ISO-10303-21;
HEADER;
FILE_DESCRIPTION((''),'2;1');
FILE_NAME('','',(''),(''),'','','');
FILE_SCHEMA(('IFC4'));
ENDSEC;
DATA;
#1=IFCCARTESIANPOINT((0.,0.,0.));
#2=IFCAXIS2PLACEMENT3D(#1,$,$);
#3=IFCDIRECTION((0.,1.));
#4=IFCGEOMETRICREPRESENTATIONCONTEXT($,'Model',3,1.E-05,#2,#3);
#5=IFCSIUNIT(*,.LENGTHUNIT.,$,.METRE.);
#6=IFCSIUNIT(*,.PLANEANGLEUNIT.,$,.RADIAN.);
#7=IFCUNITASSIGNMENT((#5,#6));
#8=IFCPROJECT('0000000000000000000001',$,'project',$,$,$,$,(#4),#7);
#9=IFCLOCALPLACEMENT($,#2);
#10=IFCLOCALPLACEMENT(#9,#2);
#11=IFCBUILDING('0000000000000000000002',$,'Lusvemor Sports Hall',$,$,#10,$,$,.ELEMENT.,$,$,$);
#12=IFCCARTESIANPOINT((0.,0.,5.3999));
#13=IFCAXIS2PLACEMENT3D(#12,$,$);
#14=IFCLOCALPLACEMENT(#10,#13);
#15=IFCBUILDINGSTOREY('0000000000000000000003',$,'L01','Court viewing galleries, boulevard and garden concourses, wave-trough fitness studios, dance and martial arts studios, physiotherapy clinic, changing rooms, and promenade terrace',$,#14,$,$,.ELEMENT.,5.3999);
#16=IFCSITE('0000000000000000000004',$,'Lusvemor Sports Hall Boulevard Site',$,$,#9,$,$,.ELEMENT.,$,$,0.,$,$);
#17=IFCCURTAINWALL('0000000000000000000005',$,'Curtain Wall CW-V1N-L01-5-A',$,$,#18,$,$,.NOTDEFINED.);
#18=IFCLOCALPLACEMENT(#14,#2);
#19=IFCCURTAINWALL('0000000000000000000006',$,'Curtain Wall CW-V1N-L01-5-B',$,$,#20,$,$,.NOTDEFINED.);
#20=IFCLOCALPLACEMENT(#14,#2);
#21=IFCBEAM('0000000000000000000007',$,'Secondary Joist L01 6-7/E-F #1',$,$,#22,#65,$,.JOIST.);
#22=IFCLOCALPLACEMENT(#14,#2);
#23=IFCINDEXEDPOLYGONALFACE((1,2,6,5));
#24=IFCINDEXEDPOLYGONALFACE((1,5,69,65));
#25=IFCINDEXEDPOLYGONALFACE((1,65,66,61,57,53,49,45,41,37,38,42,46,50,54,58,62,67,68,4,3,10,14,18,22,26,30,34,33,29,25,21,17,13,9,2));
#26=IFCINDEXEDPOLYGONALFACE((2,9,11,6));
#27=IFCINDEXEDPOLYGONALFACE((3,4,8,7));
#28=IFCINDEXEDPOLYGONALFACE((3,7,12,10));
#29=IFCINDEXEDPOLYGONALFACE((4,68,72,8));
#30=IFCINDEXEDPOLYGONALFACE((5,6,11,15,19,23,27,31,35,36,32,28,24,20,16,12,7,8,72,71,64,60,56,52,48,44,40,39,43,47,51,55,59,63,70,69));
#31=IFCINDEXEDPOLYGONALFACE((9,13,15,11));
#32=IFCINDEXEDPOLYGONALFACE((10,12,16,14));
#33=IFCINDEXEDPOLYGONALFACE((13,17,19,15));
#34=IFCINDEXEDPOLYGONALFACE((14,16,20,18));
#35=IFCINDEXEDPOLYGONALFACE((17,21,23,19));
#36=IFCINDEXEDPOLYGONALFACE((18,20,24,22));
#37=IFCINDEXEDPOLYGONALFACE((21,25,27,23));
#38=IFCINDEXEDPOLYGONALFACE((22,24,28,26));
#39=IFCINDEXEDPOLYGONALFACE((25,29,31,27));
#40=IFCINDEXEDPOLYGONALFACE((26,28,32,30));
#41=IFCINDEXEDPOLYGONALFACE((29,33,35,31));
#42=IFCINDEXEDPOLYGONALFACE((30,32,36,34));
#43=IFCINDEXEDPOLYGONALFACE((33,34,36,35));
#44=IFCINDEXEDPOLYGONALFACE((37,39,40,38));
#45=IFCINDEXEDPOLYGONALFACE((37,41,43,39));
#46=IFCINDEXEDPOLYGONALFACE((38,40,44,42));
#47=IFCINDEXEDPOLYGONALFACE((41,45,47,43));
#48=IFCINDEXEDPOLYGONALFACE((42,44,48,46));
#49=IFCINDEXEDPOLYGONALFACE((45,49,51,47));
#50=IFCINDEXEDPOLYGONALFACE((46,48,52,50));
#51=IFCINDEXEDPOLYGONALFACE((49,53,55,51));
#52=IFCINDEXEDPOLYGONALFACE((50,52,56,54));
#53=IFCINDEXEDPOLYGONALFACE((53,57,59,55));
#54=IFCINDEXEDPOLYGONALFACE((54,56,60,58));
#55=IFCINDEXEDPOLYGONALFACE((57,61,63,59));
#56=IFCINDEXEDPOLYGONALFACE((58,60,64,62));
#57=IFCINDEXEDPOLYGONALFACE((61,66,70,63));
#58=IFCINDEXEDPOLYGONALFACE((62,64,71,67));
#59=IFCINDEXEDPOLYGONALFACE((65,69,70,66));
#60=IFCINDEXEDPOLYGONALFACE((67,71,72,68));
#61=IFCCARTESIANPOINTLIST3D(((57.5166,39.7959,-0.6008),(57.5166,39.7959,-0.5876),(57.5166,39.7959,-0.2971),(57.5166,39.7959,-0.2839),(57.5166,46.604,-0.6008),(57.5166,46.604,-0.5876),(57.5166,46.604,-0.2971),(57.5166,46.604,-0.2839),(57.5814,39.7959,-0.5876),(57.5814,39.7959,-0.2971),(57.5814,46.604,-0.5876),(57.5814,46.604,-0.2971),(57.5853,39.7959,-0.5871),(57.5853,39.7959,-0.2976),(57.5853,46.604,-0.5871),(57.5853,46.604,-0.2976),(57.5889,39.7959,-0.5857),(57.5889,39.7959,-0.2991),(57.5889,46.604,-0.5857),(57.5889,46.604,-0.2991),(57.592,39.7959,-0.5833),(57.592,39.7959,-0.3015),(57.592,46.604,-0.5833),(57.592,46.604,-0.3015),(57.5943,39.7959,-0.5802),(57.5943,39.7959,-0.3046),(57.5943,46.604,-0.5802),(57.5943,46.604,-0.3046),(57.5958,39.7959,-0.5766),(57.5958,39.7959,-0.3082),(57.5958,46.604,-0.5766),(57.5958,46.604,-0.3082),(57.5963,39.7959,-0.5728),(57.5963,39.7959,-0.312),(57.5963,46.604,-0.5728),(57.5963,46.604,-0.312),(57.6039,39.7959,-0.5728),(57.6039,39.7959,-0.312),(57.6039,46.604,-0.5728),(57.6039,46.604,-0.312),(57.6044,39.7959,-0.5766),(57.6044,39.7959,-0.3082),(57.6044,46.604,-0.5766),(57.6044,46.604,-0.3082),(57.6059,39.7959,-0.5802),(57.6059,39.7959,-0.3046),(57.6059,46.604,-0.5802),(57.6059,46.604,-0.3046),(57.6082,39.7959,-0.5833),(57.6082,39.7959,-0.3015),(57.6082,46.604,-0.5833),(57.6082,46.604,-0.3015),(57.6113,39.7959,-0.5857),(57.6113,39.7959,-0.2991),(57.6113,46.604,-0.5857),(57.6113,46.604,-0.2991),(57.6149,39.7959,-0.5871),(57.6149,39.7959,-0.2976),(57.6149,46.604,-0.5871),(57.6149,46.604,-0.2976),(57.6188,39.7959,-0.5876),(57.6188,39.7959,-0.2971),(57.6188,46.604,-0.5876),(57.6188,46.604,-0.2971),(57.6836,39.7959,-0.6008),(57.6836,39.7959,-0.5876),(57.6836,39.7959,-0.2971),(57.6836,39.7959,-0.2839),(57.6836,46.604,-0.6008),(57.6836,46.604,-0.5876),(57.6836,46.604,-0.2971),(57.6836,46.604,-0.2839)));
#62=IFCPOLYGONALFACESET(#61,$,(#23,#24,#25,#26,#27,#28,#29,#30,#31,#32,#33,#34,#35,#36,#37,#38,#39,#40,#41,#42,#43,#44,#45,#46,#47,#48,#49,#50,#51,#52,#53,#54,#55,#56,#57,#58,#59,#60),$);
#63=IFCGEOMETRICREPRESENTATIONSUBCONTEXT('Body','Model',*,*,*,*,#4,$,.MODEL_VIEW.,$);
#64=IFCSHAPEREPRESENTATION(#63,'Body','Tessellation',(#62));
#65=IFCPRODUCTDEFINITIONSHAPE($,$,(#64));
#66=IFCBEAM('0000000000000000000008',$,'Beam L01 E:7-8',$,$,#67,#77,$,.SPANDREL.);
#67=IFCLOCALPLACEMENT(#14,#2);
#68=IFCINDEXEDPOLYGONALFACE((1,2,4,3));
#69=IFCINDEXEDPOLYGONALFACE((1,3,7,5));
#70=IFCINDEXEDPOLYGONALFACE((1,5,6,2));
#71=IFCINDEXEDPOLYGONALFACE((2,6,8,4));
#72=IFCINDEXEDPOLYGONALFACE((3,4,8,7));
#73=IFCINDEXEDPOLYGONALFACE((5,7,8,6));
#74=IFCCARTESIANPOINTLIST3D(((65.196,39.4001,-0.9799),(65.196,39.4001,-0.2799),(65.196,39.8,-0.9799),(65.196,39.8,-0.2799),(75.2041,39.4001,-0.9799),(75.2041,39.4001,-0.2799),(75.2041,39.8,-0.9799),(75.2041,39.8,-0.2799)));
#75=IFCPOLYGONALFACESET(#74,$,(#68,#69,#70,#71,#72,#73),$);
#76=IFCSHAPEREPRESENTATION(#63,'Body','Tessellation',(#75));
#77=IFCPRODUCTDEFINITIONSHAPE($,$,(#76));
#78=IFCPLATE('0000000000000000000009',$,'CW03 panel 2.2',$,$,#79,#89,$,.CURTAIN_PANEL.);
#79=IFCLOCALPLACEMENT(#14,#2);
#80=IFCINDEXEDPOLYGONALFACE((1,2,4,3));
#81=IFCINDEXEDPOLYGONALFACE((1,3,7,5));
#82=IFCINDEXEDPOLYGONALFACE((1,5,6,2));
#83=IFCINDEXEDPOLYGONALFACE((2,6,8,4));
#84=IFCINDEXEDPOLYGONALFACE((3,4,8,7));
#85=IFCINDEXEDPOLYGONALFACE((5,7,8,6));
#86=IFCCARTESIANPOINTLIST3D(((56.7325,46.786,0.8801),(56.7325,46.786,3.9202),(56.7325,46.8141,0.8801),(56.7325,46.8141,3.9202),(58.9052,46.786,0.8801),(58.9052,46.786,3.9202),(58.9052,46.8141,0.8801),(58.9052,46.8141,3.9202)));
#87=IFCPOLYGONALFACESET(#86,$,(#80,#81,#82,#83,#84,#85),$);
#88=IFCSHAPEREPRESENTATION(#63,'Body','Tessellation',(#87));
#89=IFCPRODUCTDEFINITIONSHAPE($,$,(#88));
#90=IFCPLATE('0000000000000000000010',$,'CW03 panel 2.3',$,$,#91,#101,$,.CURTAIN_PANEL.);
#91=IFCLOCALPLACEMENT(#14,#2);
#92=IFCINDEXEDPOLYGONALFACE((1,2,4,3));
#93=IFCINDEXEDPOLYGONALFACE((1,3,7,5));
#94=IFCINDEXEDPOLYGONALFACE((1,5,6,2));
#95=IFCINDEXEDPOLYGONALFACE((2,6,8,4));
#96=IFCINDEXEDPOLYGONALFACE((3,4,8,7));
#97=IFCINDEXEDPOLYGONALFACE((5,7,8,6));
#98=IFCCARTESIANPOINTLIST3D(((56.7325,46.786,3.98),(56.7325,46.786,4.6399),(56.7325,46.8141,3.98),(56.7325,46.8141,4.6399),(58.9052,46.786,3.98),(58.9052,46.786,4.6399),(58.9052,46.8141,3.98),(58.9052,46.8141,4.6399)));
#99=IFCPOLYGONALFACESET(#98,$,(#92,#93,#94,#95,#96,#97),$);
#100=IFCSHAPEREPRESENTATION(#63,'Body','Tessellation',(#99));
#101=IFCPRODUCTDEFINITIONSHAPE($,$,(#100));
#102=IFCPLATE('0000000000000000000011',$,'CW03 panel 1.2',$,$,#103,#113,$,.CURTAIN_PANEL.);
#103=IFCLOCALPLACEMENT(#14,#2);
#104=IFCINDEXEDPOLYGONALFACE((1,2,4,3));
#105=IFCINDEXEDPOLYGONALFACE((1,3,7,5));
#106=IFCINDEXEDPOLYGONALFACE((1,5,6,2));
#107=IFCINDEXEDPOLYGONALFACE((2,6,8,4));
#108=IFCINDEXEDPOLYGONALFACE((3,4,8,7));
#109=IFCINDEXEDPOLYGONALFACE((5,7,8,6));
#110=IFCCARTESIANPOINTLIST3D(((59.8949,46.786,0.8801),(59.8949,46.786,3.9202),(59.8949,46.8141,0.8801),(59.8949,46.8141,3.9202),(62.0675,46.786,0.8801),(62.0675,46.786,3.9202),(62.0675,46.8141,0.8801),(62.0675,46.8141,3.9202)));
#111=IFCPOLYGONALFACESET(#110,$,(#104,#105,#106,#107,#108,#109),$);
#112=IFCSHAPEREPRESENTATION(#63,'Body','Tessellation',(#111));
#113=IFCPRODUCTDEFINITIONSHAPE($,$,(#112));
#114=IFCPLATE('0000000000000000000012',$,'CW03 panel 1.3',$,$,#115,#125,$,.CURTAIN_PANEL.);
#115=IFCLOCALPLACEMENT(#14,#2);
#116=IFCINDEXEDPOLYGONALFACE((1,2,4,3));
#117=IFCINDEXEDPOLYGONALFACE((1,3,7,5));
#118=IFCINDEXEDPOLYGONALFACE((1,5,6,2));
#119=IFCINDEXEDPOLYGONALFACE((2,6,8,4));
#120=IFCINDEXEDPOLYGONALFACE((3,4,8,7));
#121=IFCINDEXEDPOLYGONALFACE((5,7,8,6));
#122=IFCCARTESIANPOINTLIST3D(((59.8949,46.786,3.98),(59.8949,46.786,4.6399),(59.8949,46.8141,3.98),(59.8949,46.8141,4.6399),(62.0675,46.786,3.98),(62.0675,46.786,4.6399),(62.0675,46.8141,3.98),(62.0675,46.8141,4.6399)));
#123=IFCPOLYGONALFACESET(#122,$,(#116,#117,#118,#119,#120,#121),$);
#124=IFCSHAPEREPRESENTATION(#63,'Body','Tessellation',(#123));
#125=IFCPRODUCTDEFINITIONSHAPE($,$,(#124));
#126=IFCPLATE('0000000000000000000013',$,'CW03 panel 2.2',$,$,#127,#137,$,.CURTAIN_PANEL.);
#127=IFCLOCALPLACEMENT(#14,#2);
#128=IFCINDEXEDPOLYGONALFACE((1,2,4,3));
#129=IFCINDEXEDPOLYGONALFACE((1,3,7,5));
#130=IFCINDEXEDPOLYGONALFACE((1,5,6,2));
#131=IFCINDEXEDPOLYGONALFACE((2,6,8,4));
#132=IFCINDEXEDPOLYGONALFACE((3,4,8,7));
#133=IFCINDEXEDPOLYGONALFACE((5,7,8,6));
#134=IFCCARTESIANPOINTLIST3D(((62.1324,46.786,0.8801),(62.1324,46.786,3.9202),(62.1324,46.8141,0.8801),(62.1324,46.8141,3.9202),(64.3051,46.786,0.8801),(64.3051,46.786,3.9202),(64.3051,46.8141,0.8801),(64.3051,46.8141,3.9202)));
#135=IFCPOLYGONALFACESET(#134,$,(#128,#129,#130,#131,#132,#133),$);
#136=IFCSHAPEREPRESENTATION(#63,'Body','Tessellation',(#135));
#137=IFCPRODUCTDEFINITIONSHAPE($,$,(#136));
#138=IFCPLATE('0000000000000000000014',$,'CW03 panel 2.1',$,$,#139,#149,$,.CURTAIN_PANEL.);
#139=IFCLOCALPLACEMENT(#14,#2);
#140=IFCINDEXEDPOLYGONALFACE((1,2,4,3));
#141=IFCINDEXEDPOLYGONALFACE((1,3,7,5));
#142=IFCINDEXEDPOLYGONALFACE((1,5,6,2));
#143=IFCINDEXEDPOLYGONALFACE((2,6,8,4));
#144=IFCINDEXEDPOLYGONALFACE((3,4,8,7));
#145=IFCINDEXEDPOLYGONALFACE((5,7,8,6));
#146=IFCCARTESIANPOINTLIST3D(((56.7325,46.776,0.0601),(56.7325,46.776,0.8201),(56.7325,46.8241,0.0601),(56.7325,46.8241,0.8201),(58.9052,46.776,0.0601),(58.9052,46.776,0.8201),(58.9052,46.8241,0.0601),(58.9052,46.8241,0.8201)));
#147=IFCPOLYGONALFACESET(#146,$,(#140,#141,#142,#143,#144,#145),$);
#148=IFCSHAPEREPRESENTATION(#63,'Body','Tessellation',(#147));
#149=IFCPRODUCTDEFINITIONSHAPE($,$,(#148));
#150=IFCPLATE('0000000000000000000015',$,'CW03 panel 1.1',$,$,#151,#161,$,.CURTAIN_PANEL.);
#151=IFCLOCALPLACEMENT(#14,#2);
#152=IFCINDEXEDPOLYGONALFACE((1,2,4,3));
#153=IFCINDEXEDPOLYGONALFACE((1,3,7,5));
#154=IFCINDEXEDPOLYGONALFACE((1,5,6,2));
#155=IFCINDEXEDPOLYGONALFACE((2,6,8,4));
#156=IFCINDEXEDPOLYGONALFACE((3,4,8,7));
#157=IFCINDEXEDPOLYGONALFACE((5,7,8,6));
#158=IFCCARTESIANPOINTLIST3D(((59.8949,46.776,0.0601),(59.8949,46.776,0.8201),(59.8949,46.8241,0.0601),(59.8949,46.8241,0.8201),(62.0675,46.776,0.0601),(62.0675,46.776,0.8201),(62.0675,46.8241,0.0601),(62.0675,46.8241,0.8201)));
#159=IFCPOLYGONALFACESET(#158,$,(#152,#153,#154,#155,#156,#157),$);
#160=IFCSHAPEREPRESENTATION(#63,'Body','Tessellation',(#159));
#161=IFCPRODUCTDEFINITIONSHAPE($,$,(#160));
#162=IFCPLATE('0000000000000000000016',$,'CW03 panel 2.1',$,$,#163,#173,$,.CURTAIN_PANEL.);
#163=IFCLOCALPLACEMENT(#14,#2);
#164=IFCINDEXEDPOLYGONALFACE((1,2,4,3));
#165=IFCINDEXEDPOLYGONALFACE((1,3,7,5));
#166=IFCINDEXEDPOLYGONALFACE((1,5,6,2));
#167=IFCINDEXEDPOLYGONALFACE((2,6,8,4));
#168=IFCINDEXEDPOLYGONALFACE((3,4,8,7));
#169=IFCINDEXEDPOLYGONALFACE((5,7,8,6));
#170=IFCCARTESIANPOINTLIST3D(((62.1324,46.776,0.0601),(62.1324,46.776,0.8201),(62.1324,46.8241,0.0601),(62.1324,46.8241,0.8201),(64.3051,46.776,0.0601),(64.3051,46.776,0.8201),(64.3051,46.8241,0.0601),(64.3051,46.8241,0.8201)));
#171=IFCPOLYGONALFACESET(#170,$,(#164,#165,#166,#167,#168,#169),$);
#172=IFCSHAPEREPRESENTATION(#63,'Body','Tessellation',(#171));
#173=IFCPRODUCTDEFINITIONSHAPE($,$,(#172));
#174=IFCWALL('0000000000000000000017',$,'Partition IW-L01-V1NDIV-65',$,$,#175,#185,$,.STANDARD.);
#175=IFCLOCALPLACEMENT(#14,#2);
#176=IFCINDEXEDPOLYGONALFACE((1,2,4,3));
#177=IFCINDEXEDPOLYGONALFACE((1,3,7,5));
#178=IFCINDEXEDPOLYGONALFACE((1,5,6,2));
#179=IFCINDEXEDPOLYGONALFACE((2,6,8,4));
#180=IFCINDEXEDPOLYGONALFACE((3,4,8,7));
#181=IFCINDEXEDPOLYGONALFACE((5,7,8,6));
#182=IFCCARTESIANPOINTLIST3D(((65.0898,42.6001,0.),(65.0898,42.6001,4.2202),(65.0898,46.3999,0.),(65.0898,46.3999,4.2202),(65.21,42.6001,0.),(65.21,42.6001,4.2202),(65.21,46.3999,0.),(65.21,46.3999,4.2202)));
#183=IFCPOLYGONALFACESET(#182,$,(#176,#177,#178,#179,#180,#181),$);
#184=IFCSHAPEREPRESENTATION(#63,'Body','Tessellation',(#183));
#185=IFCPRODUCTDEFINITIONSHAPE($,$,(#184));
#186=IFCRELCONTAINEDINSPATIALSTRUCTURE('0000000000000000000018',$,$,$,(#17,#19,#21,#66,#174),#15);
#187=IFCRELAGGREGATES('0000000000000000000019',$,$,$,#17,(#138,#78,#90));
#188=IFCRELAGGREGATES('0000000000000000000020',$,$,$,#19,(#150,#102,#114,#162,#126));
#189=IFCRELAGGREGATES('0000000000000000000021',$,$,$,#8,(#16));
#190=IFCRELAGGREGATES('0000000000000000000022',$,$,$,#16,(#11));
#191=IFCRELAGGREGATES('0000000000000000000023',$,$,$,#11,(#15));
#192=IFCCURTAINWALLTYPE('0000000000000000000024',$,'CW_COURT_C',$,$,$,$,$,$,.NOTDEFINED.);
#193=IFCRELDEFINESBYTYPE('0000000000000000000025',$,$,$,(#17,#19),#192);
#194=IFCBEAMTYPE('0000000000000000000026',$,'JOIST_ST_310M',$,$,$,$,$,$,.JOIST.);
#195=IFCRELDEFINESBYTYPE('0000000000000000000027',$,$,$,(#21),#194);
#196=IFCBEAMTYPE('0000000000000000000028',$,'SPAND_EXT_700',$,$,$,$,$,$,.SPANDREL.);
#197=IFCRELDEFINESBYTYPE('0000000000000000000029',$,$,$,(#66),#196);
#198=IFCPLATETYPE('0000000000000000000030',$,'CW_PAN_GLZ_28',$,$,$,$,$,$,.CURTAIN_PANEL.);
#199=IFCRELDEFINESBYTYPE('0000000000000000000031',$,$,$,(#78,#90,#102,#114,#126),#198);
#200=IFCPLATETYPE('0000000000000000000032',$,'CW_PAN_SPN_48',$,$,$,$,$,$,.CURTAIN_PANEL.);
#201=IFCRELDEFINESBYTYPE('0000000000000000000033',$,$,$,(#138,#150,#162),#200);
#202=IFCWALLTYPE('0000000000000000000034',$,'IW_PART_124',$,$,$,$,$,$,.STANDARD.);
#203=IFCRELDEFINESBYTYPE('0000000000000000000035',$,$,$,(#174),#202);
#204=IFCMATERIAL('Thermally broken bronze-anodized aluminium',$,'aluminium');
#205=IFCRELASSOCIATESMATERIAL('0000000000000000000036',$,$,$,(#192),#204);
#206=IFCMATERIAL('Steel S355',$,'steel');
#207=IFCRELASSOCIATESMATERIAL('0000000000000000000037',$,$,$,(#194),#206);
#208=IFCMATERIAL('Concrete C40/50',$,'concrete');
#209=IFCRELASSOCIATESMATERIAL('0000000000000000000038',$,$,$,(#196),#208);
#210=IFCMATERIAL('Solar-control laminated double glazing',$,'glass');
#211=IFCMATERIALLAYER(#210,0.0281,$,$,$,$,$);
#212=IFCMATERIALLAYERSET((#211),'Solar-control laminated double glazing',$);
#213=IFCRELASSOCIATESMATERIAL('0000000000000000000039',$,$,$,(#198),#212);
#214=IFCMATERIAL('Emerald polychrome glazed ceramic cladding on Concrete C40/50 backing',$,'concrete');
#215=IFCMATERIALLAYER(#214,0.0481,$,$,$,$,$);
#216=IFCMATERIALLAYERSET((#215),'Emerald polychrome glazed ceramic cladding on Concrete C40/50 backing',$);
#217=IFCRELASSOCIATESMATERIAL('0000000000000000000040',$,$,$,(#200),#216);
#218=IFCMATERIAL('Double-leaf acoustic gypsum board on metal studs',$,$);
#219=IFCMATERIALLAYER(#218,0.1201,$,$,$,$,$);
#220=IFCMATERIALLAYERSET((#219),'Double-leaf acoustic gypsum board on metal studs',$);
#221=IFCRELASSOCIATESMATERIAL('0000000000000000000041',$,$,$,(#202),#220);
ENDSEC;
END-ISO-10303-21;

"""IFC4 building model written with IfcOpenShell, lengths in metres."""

from ifc_helpers import new_model, si_unit, direction, frame, frame_2d, origin, origin_2d, place, context, subcontext, project, spatial, rectangle, i_section, extrude, material, layer, layer_set, material_profile, profile_set, type_object, element, aggregate, save


model = new_model("IFC4")

# Units and contexts
model_context = context("Model", 3, precision=1e-05, world=origin(), true_north=direction((0.0, 1.0)))
body_context = subcontext(model_context, "Body", "Model", "MODEL_VIEW")
ifc_project = project(units=[si_unit("LENGTHUNIT", "METRE"), si_unit("PLANEANGLEUNIT", "RADIAN")], contexts=[model_context])

# Site, building, storey
site_placement = place(None, origin())
site = spatial("IfcSite", under=ifc_project, at=site_placement, Name="Lusvemor Sports Hall Boulevard Site", CompositionType="ELEMENT", RefElevation=0.0)
building_placement = place(site_placement, origin())
building = spatial("IfcBuilding", under=site, at=building_placement, Name="Lusvemor Sports Hall", CompositionType="ELEMENT")
storey_placement = place(building_placement, frame((0.0, 0.0, 5.3999)))
storey = spatial("IfcBuildingStorey", under=building, at=storey_placement, Name="L01", Description="Court viewing galleries, boulevard and garden concourses, wave-trough fitness studios, dance and martial arts studios, physiotherapy clinic, changing rooms, and promenade terrace", CompositionType="ELEMENT", Elevation=5.3999)

# Curtain wall
ifc_material_1 = material(Name="Thermally broken bronze-anodized aluminium", Category="aluminium")
curtain_wall_type = type_object("IfcCurtainWallType", Name="CW_COURT_C", PredefinedType="NOTDEFINED", material=ifc_material_1)
curtain_wall_1_placement = place(storey_placement, origin())
curtain_wall_1 = element("IfcCurtainWall", 1, at=curtain_wall_1_placement, inside=storey, type_object=curtain_wall_type, Name="Curtain Wall CW-V1N-L01-5-A", PredefinedType="NOTDEFINED")

# Curtain wall
curtain_wall_2_placement = place(storey_placement, origin())
curtain_wall_2 = element("IfcCurtainWall", 2, at=curtain_wall_2_placement, inside=storey, type_object=curtain_wall_type, Name="Curtain Wall CW-V1N-L01-5-B", PredefinedType="NOTDEFINED")

# Beams
ifc_material_2 = material(Name="Steel S355", Category="steel")
ifc_material_profile_1 = material_profile(ifc_material_2, i_section(OverallWidth=0.167, OverallDepth=0.3169, WebThickness=0.0076, FlangeThickness=0.0132, FilletRadius=0.0149, at=origin_2d()), Name="W310x52.0")
ifc_profile_set_1 = profile_set([ifc_material_profile_1], Name="Steel S355")
beam_type_1 = type_object("IfcBeamType", Name="JOIST_ST_310M", PredefinedType="JOIST", material=ifc_profile_set_1)
beam_1_placement = place(storey_placement, frame((57.6001, 39.7959, -0.4424), z_axis=(0.0, 1.0, 0.0), x_axis=(-1.0, 0.0, 0.0)))
element("IfcBeam", 3, at=beam_1_placement, inside=storey, type_object=beam_type_1, Name="Secondary Joist L01 6-7/E-F #1", PredefinedType="JOIST", context=body_context, shape_type="SweptSolid", body=[
    extrude(i_section(OverallWidth=0.167, OverallDepth=0.3169, WebThickness=0.0076, FlangeThickness=0.0132, FilletRadius=0.0149, at=origin_2d()), origin(), (0.0, 0.0, 1.0), 6.8081),
])
ifc_material_3 = material(Name="Concrete C40/50", Category="concrete")
ifc_material_profile_2 = material_profile(ifc_material_3, rectangle(XDim=0.3999, YDim=0.7, at=origin_2d()), Name="RC400x700")
ifc_profile_set_2 = profile_set([ifc_material_profile_2], Name="Concrete C40/50")
beam_type_2 = type_object("IfcBeamType", Name="SPAND_EXT_700", PredefinedType="SPANDREL", material=ifc_profile_set_2)
beam_2_placement = place(storey_placement, frame((65.196, 39.6001, -0.6299), z_axis=(1.0, 0.0, 0.0), x_axis=(0.0, 1.0, 0.0)))
element("IfcBeam", 4, at=beam_2_placement, inside=storey, type_object=beam_type_2, Name="Beam L01 E:7-8", PredefinedType="SPANDREL", context=body_context, shape_type="SweptSolid", body=[
    extrude(rectangle(XDim=0.3999, YDim=0.7, at=origin_2d()), origin(), (0.0, 0.0, 1.0), 10.0081),
])

# Plates
ifc_material_4 = material(Name="Solar-control laminated double glazing", Category="glass")
ifc_layer_1 = layer(ifc_material_4, 0.0281)
ifc_layer_set_1 = layer_set([ifc_layer_1], Name="Solar-control laminated double glazing")
plate_type_1 = type_object("IfcPlateType", Name="CW_PAN_GLZ_28", PredefinedType="CURTAIN_PANEL", material=ifc_layer_set_1)
plate_1_placement = place(storey_placement, frame((57.8188, 46.8, 0.8801), z_axis=(0.0, 0.0, 1.0), x_axis=(1.0, 0.0, 0.0)))
plate_1 = element("IfcPlate", 5, at=plate_1_placement, type_object=plate_type_1, Name="CW03 panel 2.2", PredefinedType="CURTAIN_PANEL", context=body_context, shape_type="SweptSolid", body=[
    extrude(rectangle(XDim=2.1726, YDim=0.0281, at=origin_2d()), origin(), (0.0, 0.0, 1.0), 3.04),
])
plate_2_placement = place(storey_placement, frame((57.8188, 46.8, 3.98), z_axis=(0.0, 0.0, 1.0), x_axis=(1.0, 0.0, 0.0)))
plate_2 = element("IfcPlate", 6, at=plate_2_placement, type_object=plate_type_1, Name="CW03 panel 2.3", PredefinedType="CURTAIN_PANEL", context=body_context, shape_type="SweptSolid", body=[
    extrude(rectangle(XDim=2.1726, YDim=0.0281, at=origin_2d()), origin(), (0.0, 0.0, 1.0), 0.6599),
])
plate_3_placement = place(storey_placement, frame((60.9812, 46.8, 0.8801), z_axis=(0.0, 0.0, 1.0), x_axis=(1.0, 0.0, 0.0)))
plate_3 = element("IfcPlate", 7, at=plate_3_placement, type_object=plate_type_1, Name="CW03 panel 1.2", PredefinedType="CURTAIN_PANEL", context=body_context, shape_type="SweptSolid", body=[
    extrude(rectangle(XDim=2.1726, YDim=0.0281, at=origin_2d()), origin(), (0.0, 0.0, 1.0), 3.04),
])
plate_4_placement = place(storey_placement, frame((60.9812, 46.8, 3.98), z_axis=(0.0, 0.0, 1.0), x_axis=(1.0, 0.0, 0.0)))
plate_4 = element("IfcPlate", 8, at=plate_4_placement, type_object=plate_type_1, Name="CW03 panel 1.3", PredefinedType="CURTAIN_PANEL", context=body_context, shape_type="SweptSolid", body=[
    extrude(rectangle(XDim=2.1726, YDim=0.0281, at=origin_2d()), origin(), (0.0, 0.0, 1.0), 0.6599),
])
plate_5_placement = place(storey_placement, frame((63.2188, 46.8, 0.8801), z_axis=(0.0, 0.0, 1.0), x_axis=(1.0, 0.0, 0.0)))
plate_5 = element("IfcPlate", 9, at=plate_5_placement, type_object=plate_type_1, Name="CW03 panel 2.2", PredefinedType="CURTAIN_PANEL", context=body_context, shape_type="SweptSolid", body=[
    extrude(rectangle(XDim=2.1726, YDim=0.0281, at=origin_2d()), origin(), (0.0, 0.0, 1.0), 3.04),
])
ifc_material_5 = material(Name="Emerald polychrome glazed ceramic cladding on Concrete C40/50 backing", Category="concrete")
ifc_layer_2 = layer(ifc_material_5, 0.0481)
ifc_layer_set_2 = layer_set([ifc_layer_2], Name="Emerald polychrome glazed ceramic cladding on Concrete C40/50 backing")
plate_type_2 = type_object("IfcPlateType", Name="CW_PAN_SPN_48", PredefinedType="CURTAIN_PANEL", material=ifc_layer_set_2)
plate_6_placement = place(storey_placement, frame((57.8188, 46.8, 0.0601), z_axis=(0.0, 0.0, 1.0), x_axis=(1.0, 0.0, 0.0)))
plate_6 = element("IfcPlate", 10, at=plate_6_placement, type_object=plate_type_2, Name="CW03 panel 2.1", PredefinedType="CURTAIN_PANEL", context=body_context, shape_type="SweptSolid", body=[
    extrude(rectangle(XDim=2.1726, YDim=0.0481, at=origin_2d()), origin(), (0.0, 0.0, 1.0), 0.76),
])
aggregate(curtain_wall_1, [plate_6, plate_1, plate_2])
plate_7_placement = place(storey_placement, frame((60.9812, 46.8, 0.0601), z_axis=(0.0, 0.0, 1.0), x_axis=(1.0, 0.0, 0.0)))
plate_7 = element("IfcPlate", 11, at=plate_7_placement, type_object=plate_type_2, Name="CW03 panel 1.1", PredefinedType="CURTAIN_PANEL", context=body_context, shape_type="SweptSolid", body=[
    extrude(rectangle(XDim=2.1726, YDim=0.0481, at=origin_2d()), origin(), (0.0, 0.0, 1.0), 0.76),
])
plate_8_placement = place(storey_placement, frame((63.2188, 46.8, 0.0601), z_axis=(0.0, 0.0, 1.0), x_axis=(1.0, 0.0, 0.0)))
plate_8 = element("IfcPlate", 12, at=plate_8_placement, type_object=plate_type_2, Name="CW03 panel 2.1", PredefinedType="CURTAIN_PANEL", context=body_context, shape_type="SweptSolid", body=[
    extrude(rectangle(XDim=2.1726, YDim=0.0481, at=origin_2d()), origin(), (0.0, 0.0, 1.0), 0.76),
])
aggregate(curtain_wall_2, [plate_7, plate_3, plate_4, plate_8, plate_5])

# Wall
ifc_material_6 = material(Name="Double-leaf acoustic gypsum board on metal studs")
ifc_layer_3 = layer(ifc_material_6, 0.1201)
ifc_layer_set_3 = layer_set([ifc_layer_3], Name="Double-leaf acoustic gypsum board on metal studs")
wall_type_1 = type_object("IfcWallType", Name="IW_PART_124", PredefinedType="STANDARD", material=ifc_layer_set_3)
wall_1_placement = place(storey_placement, frame((65.1499, 42.6001, 0.0), z_axis=(0.0, 0.0, 1.0), x_axis=(0.0, 1.0, 0.0)))
element("IfcWall", 13, at=wall_1_placement, inside=storey, type_object=wall_type_1, Name="Partition IW-L01-V1NDIV-65", PredefinedType="STANDARD", context=body_context, shape_type="SweptSolid", body=[
    extrude(rectangle(XDim=3.7998, YDim=0.1201, at=frame_2d((1.8999, 0.0))), origin(), (0.0, 0.0, 1.0), 4.2202),
])

save(model, "model.ifc")
